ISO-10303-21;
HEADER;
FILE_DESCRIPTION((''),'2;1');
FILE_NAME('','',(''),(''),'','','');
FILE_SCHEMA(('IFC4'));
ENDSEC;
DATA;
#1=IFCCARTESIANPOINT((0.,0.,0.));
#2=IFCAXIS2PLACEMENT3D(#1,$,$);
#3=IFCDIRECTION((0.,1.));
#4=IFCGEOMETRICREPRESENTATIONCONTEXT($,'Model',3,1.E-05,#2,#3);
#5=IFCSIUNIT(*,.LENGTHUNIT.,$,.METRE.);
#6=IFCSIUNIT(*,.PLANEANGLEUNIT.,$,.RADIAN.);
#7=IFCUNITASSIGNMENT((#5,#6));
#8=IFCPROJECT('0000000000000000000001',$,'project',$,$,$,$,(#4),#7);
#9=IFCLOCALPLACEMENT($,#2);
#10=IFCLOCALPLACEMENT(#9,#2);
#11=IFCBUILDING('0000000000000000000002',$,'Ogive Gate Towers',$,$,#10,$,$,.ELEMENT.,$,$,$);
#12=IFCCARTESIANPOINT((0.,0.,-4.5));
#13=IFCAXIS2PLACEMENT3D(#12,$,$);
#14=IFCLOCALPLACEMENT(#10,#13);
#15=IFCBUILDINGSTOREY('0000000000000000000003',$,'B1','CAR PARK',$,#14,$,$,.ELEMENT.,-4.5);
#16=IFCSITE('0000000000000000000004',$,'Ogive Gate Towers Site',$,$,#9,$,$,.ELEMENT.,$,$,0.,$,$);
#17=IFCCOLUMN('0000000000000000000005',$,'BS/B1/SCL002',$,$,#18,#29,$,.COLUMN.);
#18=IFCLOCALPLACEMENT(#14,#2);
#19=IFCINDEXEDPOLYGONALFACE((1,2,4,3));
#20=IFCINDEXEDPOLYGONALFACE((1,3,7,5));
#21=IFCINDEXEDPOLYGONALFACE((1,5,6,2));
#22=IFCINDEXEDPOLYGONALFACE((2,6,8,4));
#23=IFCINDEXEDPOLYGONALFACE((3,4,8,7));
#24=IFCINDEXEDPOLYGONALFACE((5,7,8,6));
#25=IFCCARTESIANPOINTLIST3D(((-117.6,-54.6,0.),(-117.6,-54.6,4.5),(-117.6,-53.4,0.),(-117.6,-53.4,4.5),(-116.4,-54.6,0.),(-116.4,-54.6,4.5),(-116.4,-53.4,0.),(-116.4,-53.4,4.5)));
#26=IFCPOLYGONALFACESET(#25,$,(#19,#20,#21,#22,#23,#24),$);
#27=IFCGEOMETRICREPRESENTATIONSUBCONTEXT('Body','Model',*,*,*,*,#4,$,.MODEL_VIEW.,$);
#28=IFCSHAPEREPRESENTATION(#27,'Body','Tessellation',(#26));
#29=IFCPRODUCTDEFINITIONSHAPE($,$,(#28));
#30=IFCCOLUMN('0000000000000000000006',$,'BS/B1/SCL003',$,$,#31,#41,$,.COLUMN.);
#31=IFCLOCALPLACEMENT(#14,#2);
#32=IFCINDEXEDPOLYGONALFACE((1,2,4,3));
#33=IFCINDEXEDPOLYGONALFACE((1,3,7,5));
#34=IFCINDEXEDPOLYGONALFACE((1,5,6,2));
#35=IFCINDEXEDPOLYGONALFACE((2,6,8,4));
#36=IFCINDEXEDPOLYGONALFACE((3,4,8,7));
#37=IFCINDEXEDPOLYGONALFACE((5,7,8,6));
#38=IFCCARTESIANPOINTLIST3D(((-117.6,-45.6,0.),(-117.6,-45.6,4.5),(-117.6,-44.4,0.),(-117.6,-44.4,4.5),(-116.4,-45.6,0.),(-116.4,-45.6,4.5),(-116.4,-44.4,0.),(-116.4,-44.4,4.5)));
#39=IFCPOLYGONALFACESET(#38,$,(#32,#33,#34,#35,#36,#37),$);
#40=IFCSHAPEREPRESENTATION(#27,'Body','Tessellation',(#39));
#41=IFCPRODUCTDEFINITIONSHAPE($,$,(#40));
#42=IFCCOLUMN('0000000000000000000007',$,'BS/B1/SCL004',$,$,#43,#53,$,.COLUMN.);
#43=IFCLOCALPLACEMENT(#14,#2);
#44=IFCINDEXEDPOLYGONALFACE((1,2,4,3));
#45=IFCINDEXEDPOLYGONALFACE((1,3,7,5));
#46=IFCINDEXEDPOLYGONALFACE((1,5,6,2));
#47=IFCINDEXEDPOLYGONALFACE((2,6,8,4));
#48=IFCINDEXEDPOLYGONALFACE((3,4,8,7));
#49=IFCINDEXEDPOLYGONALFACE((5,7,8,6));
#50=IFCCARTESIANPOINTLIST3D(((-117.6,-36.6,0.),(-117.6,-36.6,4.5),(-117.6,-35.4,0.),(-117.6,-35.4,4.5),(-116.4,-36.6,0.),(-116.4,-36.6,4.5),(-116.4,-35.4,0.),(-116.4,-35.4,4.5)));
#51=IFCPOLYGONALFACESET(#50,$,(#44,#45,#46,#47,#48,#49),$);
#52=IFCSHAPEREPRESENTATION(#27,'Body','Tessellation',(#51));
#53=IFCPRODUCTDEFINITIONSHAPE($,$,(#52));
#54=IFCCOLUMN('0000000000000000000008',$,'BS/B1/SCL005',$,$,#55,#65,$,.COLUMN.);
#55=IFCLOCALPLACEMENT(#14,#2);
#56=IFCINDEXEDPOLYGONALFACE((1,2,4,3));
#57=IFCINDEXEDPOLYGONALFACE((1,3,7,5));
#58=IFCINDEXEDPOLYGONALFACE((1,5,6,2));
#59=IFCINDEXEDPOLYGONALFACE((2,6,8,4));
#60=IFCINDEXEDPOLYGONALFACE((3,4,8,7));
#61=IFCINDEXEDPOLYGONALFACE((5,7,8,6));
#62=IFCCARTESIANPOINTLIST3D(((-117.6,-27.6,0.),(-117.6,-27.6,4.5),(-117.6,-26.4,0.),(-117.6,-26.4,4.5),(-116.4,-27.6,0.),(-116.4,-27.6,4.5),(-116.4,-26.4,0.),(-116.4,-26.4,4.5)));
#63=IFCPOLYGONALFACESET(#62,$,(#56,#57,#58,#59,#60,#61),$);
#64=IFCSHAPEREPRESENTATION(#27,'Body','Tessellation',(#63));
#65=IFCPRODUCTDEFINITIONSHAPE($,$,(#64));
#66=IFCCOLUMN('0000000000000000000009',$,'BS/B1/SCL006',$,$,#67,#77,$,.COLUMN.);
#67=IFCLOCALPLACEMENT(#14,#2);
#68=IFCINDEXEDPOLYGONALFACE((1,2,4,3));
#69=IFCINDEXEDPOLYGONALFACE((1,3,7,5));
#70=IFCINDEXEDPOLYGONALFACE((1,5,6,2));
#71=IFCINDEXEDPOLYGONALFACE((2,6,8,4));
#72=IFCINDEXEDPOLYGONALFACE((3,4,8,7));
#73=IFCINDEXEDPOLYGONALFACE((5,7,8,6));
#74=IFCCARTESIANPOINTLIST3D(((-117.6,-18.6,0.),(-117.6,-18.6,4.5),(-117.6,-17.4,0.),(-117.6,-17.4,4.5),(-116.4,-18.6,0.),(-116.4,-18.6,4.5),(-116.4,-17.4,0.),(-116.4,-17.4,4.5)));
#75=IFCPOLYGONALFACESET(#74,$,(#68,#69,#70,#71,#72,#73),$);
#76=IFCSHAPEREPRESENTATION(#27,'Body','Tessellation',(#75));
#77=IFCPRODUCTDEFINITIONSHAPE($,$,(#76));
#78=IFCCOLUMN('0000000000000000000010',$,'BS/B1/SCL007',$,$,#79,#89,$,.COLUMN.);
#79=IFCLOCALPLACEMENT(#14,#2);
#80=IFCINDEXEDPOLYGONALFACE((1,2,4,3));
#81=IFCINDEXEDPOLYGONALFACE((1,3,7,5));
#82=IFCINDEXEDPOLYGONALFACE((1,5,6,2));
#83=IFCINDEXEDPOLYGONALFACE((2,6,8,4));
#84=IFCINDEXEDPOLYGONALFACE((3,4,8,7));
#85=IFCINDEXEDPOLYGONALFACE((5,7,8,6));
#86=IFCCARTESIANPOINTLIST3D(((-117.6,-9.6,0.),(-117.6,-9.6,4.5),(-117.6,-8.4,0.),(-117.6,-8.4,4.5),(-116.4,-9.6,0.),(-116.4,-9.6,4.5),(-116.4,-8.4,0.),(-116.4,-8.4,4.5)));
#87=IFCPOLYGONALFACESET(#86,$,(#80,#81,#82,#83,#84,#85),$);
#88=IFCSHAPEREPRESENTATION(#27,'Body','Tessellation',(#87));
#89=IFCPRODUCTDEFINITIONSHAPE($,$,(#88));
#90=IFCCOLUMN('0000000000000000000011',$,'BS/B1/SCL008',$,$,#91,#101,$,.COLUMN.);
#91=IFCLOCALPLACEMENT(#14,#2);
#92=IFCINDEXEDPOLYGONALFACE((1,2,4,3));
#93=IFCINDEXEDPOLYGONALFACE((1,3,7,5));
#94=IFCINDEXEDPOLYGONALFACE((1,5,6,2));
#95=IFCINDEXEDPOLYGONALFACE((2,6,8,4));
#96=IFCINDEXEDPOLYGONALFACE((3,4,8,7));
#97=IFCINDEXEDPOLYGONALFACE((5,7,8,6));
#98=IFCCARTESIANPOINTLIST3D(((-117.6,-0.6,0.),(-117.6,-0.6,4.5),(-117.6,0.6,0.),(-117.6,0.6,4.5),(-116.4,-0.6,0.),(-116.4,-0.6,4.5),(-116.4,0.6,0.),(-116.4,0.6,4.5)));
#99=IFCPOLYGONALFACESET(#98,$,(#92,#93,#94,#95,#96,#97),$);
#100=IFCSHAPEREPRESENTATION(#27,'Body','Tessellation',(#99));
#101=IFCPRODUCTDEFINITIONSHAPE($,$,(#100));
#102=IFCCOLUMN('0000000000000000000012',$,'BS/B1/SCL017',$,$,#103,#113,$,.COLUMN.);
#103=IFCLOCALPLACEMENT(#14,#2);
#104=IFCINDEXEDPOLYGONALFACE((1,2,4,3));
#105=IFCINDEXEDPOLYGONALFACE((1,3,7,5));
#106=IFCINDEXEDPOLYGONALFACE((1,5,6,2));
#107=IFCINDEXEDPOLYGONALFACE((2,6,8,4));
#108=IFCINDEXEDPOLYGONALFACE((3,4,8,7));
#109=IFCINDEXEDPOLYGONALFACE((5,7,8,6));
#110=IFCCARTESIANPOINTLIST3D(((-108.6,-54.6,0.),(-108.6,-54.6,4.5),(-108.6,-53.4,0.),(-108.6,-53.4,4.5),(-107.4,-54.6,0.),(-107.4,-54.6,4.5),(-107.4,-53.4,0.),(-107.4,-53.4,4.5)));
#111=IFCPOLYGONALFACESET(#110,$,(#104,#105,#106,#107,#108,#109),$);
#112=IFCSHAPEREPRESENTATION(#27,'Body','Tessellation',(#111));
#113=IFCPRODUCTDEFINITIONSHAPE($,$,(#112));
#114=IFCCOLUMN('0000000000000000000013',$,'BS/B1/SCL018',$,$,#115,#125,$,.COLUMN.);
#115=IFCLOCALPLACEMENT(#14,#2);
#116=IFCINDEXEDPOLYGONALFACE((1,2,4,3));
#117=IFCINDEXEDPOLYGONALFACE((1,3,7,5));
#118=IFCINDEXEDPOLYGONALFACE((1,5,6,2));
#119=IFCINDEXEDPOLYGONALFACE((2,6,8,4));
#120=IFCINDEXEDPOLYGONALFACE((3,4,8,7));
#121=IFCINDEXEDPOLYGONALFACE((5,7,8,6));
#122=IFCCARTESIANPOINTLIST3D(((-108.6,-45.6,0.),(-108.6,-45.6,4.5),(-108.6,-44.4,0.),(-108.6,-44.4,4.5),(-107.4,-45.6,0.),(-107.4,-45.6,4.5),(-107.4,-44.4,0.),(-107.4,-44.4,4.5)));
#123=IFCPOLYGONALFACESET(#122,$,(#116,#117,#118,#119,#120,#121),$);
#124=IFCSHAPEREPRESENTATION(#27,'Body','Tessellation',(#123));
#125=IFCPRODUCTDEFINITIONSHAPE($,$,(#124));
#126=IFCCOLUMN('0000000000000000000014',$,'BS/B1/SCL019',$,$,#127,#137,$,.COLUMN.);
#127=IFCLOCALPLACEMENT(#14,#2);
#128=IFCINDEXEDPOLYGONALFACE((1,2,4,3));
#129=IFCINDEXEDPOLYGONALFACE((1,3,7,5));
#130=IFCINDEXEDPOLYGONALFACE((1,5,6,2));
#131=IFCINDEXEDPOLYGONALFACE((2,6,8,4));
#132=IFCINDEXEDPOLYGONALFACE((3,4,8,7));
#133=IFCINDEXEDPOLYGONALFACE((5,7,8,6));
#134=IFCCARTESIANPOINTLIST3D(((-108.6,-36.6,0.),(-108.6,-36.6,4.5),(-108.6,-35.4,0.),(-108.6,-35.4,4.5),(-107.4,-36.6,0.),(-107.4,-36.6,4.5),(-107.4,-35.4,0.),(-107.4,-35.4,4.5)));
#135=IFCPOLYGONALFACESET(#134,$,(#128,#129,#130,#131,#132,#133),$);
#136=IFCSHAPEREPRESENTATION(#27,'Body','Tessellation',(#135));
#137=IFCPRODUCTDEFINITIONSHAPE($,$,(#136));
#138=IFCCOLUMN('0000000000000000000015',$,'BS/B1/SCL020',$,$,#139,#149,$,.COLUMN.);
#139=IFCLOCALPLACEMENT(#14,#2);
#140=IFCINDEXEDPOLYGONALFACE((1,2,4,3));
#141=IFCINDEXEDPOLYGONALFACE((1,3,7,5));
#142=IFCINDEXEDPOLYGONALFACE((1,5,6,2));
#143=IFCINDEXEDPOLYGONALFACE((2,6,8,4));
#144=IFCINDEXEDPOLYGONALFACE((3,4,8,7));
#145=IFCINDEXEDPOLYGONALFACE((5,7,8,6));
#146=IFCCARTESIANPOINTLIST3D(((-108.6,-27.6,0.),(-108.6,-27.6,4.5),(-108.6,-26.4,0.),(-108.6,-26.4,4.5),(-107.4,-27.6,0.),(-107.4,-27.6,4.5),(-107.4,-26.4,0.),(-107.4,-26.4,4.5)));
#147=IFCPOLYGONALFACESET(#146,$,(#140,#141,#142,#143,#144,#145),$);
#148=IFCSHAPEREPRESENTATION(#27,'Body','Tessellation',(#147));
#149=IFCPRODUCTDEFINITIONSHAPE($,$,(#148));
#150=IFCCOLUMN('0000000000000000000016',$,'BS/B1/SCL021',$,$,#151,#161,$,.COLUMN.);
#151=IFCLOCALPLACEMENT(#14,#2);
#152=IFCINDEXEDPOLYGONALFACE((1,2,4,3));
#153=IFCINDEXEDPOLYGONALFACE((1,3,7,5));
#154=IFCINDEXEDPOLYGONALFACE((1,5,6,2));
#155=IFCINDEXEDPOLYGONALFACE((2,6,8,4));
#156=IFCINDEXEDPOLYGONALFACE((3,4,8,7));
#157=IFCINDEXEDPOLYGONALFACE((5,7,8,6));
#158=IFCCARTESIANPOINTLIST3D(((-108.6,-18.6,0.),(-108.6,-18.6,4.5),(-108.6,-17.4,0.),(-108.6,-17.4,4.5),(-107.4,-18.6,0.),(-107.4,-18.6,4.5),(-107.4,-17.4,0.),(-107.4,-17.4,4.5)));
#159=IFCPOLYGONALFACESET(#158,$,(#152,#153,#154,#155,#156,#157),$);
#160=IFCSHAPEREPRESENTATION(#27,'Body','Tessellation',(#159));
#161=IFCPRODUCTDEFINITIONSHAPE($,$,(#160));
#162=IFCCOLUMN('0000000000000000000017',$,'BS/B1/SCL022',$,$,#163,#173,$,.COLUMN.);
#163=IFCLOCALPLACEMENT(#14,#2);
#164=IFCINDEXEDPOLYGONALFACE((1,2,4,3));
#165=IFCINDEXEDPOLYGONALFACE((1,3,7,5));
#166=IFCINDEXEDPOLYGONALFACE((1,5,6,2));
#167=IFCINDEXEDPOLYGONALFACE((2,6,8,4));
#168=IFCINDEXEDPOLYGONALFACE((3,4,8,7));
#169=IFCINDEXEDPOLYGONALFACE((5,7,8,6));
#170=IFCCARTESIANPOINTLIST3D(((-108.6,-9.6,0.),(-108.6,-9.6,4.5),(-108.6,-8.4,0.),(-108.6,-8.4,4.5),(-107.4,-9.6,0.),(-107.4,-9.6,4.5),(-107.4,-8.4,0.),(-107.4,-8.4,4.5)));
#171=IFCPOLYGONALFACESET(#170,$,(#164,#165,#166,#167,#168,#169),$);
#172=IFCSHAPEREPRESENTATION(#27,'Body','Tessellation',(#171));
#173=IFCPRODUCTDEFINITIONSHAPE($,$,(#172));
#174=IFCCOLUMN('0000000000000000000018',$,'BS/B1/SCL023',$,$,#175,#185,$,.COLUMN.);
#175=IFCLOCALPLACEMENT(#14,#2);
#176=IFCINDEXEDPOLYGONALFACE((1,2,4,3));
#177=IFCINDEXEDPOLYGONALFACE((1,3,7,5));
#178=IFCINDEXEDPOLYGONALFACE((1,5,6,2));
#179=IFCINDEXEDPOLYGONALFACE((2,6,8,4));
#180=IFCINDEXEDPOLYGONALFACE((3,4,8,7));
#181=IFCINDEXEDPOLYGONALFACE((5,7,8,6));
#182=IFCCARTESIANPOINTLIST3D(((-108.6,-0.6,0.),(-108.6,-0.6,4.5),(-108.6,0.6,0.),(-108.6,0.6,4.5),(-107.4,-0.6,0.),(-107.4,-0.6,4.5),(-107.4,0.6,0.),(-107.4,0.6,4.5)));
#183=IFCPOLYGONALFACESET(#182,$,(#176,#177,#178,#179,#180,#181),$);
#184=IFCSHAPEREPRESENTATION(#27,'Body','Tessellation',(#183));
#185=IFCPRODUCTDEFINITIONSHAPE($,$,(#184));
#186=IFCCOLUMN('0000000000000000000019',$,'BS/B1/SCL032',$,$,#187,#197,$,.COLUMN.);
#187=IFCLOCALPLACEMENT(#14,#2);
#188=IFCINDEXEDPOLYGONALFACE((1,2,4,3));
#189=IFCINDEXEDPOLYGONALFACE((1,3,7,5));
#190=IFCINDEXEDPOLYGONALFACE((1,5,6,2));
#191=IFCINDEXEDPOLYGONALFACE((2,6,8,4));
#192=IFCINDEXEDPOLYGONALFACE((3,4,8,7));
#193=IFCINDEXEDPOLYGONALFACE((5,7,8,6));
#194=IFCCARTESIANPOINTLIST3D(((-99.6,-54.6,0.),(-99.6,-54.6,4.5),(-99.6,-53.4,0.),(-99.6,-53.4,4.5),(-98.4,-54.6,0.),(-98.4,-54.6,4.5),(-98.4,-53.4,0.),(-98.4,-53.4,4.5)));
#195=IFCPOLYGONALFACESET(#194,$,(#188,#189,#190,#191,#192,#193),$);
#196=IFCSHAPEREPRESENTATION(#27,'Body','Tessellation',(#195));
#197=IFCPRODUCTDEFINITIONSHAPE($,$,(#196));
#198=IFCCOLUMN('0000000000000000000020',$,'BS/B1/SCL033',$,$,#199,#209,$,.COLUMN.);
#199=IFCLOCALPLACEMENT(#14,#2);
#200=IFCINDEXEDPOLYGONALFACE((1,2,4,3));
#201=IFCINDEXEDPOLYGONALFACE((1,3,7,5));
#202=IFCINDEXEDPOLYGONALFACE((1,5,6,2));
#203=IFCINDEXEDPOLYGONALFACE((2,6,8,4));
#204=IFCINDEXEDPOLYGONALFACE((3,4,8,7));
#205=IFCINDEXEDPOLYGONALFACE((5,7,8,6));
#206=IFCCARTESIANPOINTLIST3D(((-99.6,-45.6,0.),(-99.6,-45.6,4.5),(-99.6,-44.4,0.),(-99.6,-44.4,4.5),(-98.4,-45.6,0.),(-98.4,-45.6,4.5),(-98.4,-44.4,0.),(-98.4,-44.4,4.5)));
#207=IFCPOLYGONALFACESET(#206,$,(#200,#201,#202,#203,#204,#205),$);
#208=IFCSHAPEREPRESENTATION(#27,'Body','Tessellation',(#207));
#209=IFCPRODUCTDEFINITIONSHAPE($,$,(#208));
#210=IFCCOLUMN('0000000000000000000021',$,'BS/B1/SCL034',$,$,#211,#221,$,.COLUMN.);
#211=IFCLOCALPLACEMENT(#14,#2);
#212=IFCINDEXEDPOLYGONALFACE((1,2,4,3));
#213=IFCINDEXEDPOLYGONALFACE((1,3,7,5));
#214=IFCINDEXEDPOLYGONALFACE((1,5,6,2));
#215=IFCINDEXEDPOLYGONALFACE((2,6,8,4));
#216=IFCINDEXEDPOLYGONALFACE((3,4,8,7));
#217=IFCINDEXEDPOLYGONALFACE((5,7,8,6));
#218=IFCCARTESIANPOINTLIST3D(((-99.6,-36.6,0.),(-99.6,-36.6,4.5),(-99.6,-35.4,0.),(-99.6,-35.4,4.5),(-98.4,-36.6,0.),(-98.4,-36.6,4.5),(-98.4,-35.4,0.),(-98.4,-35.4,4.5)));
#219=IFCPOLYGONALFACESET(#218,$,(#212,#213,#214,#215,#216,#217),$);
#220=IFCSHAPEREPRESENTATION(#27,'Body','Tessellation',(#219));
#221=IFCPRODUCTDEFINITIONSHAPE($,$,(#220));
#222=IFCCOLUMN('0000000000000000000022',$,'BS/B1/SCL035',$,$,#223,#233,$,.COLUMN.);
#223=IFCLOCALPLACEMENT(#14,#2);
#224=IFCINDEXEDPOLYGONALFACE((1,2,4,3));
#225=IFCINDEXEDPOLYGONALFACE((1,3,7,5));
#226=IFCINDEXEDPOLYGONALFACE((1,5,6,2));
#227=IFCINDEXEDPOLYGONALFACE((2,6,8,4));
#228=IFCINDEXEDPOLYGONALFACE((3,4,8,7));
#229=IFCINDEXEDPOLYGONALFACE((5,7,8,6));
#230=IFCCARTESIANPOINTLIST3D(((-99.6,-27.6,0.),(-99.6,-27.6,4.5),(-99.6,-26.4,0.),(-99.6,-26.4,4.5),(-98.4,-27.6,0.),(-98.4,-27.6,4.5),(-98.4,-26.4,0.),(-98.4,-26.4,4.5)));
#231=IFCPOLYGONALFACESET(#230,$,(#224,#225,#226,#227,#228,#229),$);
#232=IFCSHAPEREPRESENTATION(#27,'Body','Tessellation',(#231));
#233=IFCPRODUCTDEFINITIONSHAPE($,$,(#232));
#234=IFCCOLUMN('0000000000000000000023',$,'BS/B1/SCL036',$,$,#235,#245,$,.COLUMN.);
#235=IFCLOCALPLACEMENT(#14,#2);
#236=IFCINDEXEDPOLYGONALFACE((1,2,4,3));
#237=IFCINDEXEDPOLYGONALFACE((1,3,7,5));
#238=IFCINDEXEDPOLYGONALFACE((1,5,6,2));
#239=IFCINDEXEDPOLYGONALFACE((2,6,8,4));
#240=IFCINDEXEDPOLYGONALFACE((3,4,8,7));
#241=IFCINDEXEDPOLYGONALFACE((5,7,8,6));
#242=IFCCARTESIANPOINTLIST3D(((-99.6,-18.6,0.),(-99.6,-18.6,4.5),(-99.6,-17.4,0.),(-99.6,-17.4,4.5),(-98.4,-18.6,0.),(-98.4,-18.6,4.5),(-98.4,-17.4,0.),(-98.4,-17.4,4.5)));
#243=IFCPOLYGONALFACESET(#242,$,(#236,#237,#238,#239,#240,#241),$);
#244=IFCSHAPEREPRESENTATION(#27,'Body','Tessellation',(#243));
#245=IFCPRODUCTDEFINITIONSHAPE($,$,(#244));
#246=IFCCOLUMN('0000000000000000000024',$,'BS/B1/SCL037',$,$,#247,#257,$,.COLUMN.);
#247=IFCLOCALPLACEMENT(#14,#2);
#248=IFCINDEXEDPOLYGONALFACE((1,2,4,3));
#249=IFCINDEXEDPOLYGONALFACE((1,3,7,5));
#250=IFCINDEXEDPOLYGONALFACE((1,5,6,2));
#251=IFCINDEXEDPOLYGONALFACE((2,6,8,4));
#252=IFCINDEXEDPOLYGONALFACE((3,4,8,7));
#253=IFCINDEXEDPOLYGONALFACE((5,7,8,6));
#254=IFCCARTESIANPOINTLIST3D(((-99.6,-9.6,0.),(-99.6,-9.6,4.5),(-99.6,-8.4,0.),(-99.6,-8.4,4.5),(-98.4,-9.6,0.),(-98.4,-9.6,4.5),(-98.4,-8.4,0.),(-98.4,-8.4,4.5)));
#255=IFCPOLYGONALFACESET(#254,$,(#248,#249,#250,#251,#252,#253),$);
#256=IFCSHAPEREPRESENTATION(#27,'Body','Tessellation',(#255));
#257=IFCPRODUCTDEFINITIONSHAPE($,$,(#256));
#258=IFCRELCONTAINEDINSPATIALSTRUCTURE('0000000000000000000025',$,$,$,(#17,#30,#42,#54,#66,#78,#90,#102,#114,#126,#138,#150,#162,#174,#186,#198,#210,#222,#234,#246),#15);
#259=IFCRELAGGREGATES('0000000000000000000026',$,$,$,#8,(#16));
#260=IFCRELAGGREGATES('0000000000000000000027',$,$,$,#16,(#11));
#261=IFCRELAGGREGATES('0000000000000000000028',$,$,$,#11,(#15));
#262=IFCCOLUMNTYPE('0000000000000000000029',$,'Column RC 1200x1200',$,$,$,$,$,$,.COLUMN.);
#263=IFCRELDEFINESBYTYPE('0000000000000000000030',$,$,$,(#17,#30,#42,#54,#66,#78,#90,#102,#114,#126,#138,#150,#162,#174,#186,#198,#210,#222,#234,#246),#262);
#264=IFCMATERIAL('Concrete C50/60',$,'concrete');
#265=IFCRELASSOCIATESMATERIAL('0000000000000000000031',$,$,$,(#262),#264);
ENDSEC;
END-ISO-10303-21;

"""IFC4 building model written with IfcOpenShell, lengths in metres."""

from ifc_helpers import new_model, si_unit, direction, frame, origin, origin_2d, place, context, subcontext, project, spatial, rectangle, extrude, material, material_profile, profile_set, type_object, element, save


model = new_model("IFC4")

# Units and contexts
model_context = context("Model", 3, precision=1e-05, world=origin(), true_north=direction((0.0, 1.0)))
body_context = subcontext(model_context, "Body", "Model", "MODEL_VIEW")
ifc_project = project(units=[si_unit("LENGTHUNIT", "METRE"), si_unit("PLANEANGLEUNIT", "RADIAN")], contexts=[model_context])

# Site, building, storey
site_placement = place(None, origin())
site = spatial("IfcSite", under=ifc_project, at=site_placement, Name="Ogive Gate Towers Site", CompositionType="ELEMENT", RefElevation=0.0)
building_placement = place(site_placement, origin())
building = spatial("IfcBuilding", under=site, at=building_placement, Name="Ogive Gate Towers", CompositionType="ELEMENT")
storey_placement = place(building_placement, frame((0.0, 0.0, -4.5)))
storey = spatial("IfcBuildingStorey", under=building, at=storey_placement, Name="B1", Description="CAR PARK", CompositionType="ELEMENT", Elevation=-4.5)

# Columns
ifc_material_1 = material(Name="Concrete C50/60", Category="concrete")
ifc_material_profile = material_profile(ifc_material_1, rectangle(XDim=1.2, YDim=1.2, at=origin_2d()), Name="RC 1200x1200")
ifc_profile_set = profile_set([ifc_material_profile], Name="Concrete C50/60")
column_type = type_object("IfcColumnType", Name="Column RC 1200x1200", PredefinedType="COLUMN", material=ifc_profile_set)
for number, where, z_axis, x_axis, name in (
    (1, (-117.0, -54.0, 0.0), (0.0, 0.0, 1.0), (1.0, 0.0, 0.0), "BS/B1/SCL002"),
    (2, (-117.0, -45.0, 0.0), (0.0, 0.0, 1.0), (1.0, 0.0, 0.0), "BS/B1/SCL003"),
    (3, (-117.0, -36.0, 0.0), (0.0, 0.0, 1.0), (1.0, 0.0, 0.0), "BS/B1/SCL004"),
    (4, (-117.0, -27.0, 0.0), (0.0, 0.0, 1.0), (1.0, 0.0, 0.0), "BS/B1/SCL005"),
    (5, (-117.0, -18.0, 0.0), (0.0, 0.0, 1.0), (1.0, 0.0, 0.0), "BS/B1/SCL006"),
    (6, (-117.0, -9.0, 0.0), (0.0, 0.0, 1.0), (1.0, 0.0, 0.0), "BS/B1/SCL007"),
    (7, (-117.0, 0.0, 0.0), (0.0, 0.0, 1.0), (1.0, 0.0, 0.0), "BS/B1/SCL008"),
    (8, (-108.0, -54.0, 0.0), (0.0, 0.0, 1.0), (1.0, 0.0, 0.0), "BS/B1/SCL017"),
    (9, (-108.0, -45.0, 0.0), (0.0, 0.0, 1.0), (1.0, 0.0, 0.0), "BS/B1/SCL018"),
    (10, (-108.0, -36.0, 0.0), (0.0, 0.0, 1.0), (1.0, 0.0, 0.0), "BS/B1/SCL019"),
    (11, (-108.0, -27.0, 0.0), (0.0, 0.0, 1.0), (1.0, 0.0, 0.0), "BS/B1/SCL020"),
    (12, (-108.0, -18.0, 0.0), (0.0, 0.0, 1.0), (1.0, 0.0, 0.0), "BS/B1/SCL021"),
    (13, (-108.0, -9.0, 0.0), (0.0, 0.0, 1.0), (1.0, 0.0, 0.0), "BS/B1/SCL022"),
    (14, (-108.0, 0.0, 0.0), (0.0, 0.0, 1.0), (1.0, 0.0, 0.0), "BS/B1/SCL023"),
    (15, (-99.0, -54.0, 0.0), (0.0, 0.0, 1.0), (1.0, 0.0, 0.0), "BS/B1/SCL032"),
    (16, (-99.0, -45.0, 0.0), (0.0, 0.0, 1.0), (1.0, 0.0, 0.0), "BS/B1/SCL033"),
    (17, (-99.0, -36.0, 0.0), (0.0, 0.0, 1.0), (1.0, 0.0, 0.0), "BS/B1/SCL034"),
    (18, (-99.0, -27.0, 0.0), (0.0, 0.0, 1.0), (1.0, 0.0, 0.0), "BS/B1/SCL035"),
    (19, (-99.0, -18.0, 0.0), (0.0, 0.0, 1.0), (1.0, 0.0, 0.0), "BS/B1/SCL036"),
    (20, (-99.0, -9.0, 0.0), (0.0, 0.0, 1.0), (1.0, 0.0, 0.0), "BS/B1/SCL037"),
):
    element("IfcColumn", number, at=place(storey_placement, frame(where, z_axis=z_axis, x_axis=x_axis)), inside=storey, type_object=column_type, Name=name, PredefinedType="COLUMN", context=body_context, shape_type="SweptSolid", body=[
        extrude(rectangle(XDim=1.2, YDim=1.2, at=origin_2d()), origin(), (0.0, 0.0, 1.0), 4.5),
    ])

save(model, "model.ifc")
